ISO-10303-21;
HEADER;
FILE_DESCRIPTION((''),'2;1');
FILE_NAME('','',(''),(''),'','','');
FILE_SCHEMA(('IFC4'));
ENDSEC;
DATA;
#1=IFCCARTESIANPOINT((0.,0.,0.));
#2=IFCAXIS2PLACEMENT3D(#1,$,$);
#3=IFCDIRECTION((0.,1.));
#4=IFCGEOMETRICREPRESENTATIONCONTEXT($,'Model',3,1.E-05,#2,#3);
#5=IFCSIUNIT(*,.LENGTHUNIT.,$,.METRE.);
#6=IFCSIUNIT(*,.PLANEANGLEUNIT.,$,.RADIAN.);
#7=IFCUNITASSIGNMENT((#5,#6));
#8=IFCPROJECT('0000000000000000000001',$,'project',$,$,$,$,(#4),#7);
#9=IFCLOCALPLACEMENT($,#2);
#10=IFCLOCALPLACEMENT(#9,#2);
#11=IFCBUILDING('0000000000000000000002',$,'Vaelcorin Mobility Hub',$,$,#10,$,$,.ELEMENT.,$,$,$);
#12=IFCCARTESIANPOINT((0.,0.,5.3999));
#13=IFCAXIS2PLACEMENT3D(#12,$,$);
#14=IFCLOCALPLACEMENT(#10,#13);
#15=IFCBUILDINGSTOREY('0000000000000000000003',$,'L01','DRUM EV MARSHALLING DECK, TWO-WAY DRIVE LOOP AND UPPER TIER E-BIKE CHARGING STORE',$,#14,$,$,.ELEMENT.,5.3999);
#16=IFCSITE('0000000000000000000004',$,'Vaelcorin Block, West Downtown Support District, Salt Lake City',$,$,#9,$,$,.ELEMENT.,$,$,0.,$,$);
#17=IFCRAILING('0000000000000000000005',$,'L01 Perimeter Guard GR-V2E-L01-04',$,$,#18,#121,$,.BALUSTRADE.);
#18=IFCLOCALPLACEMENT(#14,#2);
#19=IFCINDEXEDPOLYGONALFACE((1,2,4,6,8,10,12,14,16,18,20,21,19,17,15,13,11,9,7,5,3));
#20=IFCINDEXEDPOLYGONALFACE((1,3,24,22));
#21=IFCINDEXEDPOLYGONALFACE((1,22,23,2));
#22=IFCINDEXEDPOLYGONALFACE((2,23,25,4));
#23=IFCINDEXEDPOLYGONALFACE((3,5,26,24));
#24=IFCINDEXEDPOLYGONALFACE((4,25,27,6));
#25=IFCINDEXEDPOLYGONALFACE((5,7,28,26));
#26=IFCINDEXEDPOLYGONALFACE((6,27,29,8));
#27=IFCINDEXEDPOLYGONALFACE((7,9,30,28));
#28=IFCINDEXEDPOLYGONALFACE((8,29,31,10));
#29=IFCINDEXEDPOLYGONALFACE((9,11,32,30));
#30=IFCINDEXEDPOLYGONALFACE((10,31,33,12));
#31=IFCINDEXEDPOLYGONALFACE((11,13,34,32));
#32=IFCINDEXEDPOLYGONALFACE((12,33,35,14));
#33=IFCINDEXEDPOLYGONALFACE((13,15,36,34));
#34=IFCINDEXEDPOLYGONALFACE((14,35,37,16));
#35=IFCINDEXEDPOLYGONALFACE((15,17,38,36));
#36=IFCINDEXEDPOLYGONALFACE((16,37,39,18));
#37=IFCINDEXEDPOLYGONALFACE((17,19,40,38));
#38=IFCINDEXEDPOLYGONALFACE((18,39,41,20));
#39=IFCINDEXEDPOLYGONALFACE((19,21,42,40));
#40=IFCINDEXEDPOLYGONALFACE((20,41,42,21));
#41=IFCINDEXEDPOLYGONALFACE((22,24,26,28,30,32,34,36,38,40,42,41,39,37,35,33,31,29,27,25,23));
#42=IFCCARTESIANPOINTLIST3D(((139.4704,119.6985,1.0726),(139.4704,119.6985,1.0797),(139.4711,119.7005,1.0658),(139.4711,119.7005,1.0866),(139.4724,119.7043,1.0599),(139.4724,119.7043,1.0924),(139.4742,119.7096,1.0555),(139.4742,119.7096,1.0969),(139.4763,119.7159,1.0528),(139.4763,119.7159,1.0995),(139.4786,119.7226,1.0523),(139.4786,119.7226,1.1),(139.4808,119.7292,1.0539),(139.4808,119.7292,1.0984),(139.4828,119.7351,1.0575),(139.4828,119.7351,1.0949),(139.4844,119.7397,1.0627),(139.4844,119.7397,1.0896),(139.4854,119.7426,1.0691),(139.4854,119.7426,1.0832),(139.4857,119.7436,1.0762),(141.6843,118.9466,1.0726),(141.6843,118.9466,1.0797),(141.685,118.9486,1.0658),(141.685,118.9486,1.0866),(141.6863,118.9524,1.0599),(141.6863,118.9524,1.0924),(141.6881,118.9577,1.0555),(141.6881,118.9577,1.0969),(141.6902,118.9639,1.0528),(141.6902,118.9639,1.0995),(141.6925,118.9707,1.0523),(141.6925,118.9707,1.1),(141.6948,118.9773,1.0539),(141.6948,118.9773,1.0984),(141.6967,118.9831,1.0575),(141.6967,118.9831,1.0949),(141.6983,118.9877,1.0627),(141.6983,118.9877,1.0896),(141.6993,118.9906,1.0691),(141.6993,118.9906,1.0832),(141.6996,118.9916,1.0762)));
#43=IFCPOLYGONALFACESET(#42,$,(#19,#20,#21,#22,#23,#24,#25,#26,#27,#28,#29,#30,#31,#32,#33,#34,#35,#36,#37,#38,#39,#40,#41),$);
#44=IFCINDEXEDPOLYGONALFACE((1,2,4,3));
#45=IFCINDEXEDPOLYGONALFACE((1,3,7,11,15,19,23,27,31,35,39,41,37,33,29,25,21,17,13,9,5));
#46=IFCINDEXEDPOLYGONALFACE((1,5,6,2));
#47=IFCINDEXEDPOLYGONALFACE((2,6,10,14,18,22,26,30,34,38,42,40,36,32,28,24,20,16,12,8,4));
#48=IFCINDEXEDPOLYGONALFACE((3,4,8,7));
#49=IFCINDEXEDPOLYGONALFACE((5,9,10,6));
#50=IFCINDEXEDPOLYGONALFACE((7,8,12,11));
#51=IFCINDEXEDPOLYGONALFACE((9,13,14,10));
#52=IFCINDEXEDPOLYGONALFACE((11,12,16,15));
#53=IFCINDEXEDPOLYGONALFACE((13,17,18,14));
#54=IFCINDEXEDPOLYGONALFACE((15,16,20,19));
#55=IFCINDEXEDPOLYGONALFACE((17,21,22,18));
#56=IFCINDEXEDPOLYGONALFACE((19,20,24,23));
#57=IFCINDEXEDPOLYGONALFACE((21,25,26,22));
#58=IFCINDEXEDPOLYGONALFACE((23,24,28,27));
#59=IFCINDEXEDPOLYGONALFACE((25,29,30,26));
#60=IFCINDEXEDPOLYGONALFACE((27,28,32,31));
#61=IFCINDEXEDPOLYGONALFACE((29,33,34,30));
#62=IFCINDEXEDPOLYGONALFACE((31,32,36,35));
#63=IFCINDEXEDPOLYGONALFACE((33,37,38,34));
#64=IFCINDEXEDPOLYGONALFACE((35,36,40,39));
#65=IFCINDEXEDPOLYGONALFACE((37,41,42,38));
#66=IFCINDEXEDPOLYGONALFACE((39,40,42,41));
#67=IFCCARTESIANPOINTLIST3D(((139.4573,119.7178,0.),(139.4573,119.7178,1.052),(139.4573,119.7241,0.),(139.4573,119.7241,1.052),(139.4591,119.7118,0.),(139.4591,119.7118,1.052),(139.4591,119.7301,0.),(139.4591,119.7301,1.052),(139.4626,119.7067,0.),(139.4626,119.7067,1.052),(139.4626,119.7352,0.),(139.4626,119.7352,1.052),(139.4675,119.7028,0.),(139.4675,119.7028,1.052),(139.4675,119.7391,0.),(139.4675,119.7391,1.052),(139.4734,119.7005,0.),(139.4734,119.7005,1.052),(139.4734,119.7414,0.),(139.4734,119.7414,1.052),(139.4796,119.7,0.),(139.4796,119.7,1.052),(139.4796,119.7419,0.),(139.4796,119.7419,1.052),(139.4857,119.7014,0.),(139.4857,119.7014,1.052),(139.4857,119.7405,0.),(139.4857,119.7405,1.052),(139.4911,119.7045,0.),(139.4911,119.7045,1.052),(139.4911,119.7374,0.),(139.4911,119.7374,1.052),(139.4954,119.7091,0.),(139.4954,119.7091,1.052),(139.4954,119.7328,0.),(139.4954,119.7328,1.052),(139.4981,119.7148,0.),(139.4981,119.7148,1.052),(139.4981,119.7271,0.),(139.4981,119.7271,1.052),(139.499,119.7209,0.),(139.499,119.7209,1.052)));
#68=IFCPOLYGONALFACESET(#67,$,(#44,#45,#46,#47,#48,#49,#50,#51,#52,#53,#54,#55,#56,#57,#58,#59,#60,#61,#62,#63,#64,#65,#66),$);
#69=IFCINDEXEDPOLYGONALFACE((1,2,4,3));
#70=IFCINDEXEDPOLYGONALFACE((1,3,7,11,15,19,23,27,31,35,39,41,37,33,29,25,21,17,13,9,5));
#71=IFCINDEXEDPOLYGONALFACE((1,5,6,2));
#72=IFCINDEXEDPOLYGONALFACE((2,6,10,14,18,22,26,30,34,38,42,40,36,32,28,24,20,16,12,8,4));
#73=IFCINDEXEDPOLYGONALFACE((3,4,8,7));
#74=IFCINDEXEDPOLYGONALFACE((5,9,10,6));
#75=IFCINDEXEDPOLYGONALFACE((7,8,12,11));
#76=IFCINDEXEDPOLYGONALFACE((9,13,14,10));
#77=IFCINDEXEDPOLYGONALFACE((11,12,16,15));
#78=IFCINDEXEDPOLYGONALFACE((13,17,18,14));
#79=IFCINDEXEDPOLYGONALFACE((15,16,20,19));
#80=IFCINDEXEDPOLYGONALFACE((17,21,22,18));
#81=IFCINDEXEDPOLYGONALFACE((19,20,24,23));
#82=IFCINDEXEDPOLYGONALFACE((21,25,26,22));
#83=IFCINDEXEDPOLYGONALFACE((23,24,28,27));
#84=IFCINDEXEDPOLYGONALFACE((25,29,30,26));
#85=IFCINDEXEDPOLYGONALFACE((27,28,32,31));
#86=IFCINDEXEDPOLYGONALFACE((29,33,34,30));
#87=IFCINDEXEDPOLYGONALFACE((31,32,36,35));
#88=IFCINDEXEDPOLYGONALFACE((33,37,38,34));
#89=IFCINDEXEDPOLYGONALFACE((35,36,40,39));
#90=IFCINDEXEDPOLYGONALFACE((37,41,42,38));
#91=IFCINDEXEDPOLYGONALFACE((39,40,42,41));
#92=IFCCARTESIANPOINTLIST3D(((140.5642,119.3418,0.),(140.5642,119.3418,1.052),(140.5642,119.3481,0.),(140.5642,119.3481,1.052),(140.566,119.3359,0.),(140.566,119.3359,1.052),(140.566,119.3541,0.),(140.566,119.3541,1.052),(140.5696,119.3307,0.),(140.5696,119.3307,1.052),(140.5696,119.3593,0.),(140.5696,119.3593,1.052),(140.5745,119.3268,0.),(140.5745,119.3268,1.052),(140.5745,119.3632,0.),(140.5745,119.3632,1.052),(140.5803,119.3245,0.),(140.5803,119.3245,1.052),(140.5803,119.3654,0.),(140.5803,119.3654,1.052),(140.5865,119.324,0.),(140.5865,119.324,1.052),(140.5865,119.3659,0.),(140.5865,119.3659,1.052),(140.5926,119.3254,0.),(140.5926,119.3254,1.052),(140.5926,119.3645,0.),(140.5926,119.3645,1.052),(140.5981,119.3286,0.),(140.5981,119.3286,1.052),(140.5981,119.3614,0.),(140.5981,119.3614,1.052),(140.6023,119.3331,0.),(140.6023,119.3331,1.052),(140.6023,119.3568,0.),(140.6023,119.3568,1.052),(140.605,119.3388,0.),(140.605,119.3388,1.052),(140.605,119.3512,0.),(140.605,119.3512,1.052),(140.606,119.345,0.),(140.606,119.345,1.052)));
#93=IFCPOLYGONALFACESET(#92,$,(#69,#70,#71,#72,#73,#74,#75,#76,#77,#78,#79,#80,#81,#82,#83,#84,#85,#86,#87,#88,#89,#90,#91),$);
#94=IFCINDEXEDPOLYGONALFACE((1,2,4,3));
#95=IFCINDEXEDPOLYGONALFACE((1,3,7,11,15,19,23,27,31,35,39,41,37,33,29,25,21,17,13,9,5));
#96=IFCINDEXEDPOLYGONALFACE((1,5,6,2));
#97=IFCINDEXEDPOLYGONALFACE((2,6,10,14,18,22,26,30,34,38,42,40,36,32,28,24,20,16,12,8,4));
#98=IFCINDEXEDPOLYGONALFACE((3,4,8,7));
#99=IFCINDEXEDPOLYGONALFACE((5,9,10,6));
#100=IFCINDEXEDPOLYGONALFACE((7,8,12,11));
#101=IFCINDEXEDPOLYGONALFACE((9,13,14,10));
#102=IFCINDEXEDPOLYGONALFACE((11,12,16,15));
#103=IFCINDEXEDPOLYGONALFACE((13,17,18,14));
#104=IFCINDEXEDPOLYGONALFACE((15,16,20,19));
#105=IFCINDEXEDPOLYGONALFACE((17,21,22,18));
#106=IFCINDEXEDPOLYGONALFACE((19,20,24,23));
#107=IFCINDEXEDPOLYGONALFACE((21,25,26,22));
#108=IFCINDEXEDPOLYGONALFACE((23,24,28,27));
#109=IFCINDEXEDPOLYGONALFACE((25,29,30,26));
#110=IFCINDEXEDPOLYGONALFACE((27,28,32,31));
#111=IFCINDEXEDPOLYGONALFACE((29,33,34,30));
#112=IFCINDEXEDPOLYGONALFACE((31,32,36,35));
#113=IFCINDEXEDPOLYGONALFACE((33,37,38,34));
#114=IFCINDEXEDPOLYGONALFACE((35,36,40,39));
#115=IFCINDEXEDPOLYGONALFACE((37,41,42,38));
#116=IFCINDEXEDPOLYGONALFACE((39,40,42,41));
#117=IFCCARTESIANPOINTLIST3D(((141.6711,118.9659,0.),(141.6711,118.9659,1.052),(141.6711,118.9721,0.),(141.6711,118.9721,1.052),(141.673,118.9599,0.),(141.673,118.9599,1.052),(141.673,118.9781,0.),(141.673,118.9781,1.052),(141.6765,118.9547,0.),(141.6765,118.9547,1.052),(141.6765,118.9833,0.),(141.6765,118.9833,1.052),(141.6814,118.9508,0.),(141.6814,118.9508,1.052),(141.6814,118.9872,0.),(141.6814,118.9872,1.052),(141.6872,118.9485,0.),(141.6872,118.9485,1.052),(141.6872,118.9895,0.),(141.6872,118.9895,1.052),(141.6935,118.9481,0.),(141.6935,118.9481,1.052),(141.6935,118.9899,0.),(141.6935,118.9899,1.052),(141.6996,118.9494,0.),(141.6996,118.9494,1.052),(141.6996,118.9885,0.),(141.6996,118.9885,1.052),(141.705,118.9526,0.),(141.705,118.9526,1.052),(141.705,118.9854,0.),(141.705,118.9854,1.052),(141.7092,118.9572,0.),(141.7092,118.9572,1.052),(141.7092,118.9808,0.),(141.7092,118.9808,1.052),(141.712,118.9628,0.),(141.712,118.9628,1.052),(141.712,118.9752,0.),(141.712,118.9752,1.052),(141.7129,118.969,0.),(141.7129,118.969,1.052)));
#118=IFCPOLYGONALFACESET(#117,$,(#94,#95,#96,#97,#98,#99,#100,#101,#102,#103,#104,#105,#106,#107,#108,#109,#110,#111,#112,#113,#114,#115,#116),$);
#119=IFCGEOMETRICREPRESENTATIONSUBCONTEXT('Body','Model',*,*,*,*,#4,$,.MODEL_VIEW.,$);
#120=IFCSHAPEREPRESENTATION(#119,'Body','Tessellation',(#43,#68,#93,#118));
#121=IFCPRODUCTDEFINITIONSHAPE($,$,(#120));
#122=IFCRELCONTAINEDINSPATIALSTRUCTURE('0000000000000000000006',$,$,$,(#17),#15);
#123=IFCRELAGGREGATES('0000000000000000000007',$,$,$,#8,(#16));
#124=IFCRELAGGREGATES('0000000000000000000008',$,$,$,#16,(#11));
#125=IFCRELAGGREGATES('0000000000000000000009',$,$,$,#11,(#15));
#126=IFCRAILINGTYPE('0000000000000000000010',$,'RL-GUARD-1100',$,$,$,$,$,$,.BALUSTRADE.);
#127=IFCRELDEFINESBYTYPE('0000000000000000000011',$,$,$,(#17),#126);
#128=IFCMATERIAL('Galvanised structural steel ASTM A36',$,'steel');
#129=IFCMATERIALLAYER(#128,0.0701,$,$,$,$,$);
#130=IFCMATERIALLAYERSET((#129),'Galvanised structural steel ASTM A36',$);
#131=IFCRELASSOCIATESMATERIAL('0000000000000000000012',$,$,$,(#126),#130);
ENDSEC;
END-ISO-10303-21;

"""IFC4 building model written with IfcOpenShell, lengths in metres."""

from ifc_helpers import new_model, si_unit, direction, frame, origin, origin_2d, place, context, subcontext, project, spatial, circle, extrude, material, layer, layer_set, type_object, element, save


model = new_model("IFC4")

# Units and contexts
model_context = context("Model", 3, precision=1e-05, world=origin(), true_north=direction((0.0, 1.0)))
body_context = subcontext(model_context, "Body", "Model", "MODEL_VIEW")
ifc_project = project(units=[si_unit("LENGTHUNIT", "METRE"), si_unit("PLANEANGLEUNIT", "RADIAN")], contexts=[model_context])

# Site, building, storey
site_placement = place(None, origin())
site = spatial("IfcSite", under=ifc_project, at=site_placement, Name="Vaelcorin Block, West Downtown Support District, Salt Lake City", CompositionType="ELEMENT", RefElevation=0.0)
building_placement = place(site_placement, origin())
building = spatial("IfcBuilding", under=site, at=building_placement, Name="Vaelcorin Mobility Hub", CompositionType="ELEMENT")
storey_placement = place(building_placement, frame((0.0, 0.0, 5.3999)))
storey = spatial("IfcBuildingStorey", under=building, at=storey_placement, Name="L01", Description="DRUM EV MARSHALLING DECK, TWO-WAY DRIVE LOOP AND UPPER TIER E-BIKE CHARGING STORE", CompositionType="ELEMENT", Elevation=5.3999)

# Railing
ifc_material_1 = material(Name="Galvanised structural steel ASTM A36", Category="steel")
ifc_layer_1 = layer(ifc_material_1, 0.0701)
ifc_layer_set_1 = layer_set([ifc_layer_1], Name="Galvanised structural steel ASTM A36")
railing_type = type_object("IfcRailingType", Name="RL-GUARD-1100", PredefinedType="BALUSTRADE", material=ifc_layer_set_1)
railing_1_placement = place(storey_placement, frame((139.478, 119.7209, 0.0)))
element("IfcRailing", 1, at=railing_1_placement, inside=storey, type_object=railing_type, Name="L01 Perimeter Guard GR-V2E-L01-04", PredefinedType="BALUSTRADE", context=body_context, shape_type="SweptSolid", body=[
    extrude(circle(Radius=0.0239, at=origin_2d()), frame((0.0, 0.0, 1.0762), z_axis=(0.946872, -0.321611, 0.0), x_axis=(0.321611, 0.946872, 0.0)), (0.0, 0.0, 1.0), 2.3381),
    extrude(circle(Radius=0.021, at=origin_2d()), origin(), (0.0, 0.0, 1.0), 1.052),
    extrude(circle(Radius=0.021, at=origin_2d()), frame((1.1069, -0.376, 0.0)), (0.0, 0.0, 1.0), 1.052),
    extrude(circle(Radius=0.021, at=origin_2d()), frame((2.2139, -0.752, 0.0)), (0.0, 0.0, 1.0), 1.052),
])

save(model, "model.ifc")
